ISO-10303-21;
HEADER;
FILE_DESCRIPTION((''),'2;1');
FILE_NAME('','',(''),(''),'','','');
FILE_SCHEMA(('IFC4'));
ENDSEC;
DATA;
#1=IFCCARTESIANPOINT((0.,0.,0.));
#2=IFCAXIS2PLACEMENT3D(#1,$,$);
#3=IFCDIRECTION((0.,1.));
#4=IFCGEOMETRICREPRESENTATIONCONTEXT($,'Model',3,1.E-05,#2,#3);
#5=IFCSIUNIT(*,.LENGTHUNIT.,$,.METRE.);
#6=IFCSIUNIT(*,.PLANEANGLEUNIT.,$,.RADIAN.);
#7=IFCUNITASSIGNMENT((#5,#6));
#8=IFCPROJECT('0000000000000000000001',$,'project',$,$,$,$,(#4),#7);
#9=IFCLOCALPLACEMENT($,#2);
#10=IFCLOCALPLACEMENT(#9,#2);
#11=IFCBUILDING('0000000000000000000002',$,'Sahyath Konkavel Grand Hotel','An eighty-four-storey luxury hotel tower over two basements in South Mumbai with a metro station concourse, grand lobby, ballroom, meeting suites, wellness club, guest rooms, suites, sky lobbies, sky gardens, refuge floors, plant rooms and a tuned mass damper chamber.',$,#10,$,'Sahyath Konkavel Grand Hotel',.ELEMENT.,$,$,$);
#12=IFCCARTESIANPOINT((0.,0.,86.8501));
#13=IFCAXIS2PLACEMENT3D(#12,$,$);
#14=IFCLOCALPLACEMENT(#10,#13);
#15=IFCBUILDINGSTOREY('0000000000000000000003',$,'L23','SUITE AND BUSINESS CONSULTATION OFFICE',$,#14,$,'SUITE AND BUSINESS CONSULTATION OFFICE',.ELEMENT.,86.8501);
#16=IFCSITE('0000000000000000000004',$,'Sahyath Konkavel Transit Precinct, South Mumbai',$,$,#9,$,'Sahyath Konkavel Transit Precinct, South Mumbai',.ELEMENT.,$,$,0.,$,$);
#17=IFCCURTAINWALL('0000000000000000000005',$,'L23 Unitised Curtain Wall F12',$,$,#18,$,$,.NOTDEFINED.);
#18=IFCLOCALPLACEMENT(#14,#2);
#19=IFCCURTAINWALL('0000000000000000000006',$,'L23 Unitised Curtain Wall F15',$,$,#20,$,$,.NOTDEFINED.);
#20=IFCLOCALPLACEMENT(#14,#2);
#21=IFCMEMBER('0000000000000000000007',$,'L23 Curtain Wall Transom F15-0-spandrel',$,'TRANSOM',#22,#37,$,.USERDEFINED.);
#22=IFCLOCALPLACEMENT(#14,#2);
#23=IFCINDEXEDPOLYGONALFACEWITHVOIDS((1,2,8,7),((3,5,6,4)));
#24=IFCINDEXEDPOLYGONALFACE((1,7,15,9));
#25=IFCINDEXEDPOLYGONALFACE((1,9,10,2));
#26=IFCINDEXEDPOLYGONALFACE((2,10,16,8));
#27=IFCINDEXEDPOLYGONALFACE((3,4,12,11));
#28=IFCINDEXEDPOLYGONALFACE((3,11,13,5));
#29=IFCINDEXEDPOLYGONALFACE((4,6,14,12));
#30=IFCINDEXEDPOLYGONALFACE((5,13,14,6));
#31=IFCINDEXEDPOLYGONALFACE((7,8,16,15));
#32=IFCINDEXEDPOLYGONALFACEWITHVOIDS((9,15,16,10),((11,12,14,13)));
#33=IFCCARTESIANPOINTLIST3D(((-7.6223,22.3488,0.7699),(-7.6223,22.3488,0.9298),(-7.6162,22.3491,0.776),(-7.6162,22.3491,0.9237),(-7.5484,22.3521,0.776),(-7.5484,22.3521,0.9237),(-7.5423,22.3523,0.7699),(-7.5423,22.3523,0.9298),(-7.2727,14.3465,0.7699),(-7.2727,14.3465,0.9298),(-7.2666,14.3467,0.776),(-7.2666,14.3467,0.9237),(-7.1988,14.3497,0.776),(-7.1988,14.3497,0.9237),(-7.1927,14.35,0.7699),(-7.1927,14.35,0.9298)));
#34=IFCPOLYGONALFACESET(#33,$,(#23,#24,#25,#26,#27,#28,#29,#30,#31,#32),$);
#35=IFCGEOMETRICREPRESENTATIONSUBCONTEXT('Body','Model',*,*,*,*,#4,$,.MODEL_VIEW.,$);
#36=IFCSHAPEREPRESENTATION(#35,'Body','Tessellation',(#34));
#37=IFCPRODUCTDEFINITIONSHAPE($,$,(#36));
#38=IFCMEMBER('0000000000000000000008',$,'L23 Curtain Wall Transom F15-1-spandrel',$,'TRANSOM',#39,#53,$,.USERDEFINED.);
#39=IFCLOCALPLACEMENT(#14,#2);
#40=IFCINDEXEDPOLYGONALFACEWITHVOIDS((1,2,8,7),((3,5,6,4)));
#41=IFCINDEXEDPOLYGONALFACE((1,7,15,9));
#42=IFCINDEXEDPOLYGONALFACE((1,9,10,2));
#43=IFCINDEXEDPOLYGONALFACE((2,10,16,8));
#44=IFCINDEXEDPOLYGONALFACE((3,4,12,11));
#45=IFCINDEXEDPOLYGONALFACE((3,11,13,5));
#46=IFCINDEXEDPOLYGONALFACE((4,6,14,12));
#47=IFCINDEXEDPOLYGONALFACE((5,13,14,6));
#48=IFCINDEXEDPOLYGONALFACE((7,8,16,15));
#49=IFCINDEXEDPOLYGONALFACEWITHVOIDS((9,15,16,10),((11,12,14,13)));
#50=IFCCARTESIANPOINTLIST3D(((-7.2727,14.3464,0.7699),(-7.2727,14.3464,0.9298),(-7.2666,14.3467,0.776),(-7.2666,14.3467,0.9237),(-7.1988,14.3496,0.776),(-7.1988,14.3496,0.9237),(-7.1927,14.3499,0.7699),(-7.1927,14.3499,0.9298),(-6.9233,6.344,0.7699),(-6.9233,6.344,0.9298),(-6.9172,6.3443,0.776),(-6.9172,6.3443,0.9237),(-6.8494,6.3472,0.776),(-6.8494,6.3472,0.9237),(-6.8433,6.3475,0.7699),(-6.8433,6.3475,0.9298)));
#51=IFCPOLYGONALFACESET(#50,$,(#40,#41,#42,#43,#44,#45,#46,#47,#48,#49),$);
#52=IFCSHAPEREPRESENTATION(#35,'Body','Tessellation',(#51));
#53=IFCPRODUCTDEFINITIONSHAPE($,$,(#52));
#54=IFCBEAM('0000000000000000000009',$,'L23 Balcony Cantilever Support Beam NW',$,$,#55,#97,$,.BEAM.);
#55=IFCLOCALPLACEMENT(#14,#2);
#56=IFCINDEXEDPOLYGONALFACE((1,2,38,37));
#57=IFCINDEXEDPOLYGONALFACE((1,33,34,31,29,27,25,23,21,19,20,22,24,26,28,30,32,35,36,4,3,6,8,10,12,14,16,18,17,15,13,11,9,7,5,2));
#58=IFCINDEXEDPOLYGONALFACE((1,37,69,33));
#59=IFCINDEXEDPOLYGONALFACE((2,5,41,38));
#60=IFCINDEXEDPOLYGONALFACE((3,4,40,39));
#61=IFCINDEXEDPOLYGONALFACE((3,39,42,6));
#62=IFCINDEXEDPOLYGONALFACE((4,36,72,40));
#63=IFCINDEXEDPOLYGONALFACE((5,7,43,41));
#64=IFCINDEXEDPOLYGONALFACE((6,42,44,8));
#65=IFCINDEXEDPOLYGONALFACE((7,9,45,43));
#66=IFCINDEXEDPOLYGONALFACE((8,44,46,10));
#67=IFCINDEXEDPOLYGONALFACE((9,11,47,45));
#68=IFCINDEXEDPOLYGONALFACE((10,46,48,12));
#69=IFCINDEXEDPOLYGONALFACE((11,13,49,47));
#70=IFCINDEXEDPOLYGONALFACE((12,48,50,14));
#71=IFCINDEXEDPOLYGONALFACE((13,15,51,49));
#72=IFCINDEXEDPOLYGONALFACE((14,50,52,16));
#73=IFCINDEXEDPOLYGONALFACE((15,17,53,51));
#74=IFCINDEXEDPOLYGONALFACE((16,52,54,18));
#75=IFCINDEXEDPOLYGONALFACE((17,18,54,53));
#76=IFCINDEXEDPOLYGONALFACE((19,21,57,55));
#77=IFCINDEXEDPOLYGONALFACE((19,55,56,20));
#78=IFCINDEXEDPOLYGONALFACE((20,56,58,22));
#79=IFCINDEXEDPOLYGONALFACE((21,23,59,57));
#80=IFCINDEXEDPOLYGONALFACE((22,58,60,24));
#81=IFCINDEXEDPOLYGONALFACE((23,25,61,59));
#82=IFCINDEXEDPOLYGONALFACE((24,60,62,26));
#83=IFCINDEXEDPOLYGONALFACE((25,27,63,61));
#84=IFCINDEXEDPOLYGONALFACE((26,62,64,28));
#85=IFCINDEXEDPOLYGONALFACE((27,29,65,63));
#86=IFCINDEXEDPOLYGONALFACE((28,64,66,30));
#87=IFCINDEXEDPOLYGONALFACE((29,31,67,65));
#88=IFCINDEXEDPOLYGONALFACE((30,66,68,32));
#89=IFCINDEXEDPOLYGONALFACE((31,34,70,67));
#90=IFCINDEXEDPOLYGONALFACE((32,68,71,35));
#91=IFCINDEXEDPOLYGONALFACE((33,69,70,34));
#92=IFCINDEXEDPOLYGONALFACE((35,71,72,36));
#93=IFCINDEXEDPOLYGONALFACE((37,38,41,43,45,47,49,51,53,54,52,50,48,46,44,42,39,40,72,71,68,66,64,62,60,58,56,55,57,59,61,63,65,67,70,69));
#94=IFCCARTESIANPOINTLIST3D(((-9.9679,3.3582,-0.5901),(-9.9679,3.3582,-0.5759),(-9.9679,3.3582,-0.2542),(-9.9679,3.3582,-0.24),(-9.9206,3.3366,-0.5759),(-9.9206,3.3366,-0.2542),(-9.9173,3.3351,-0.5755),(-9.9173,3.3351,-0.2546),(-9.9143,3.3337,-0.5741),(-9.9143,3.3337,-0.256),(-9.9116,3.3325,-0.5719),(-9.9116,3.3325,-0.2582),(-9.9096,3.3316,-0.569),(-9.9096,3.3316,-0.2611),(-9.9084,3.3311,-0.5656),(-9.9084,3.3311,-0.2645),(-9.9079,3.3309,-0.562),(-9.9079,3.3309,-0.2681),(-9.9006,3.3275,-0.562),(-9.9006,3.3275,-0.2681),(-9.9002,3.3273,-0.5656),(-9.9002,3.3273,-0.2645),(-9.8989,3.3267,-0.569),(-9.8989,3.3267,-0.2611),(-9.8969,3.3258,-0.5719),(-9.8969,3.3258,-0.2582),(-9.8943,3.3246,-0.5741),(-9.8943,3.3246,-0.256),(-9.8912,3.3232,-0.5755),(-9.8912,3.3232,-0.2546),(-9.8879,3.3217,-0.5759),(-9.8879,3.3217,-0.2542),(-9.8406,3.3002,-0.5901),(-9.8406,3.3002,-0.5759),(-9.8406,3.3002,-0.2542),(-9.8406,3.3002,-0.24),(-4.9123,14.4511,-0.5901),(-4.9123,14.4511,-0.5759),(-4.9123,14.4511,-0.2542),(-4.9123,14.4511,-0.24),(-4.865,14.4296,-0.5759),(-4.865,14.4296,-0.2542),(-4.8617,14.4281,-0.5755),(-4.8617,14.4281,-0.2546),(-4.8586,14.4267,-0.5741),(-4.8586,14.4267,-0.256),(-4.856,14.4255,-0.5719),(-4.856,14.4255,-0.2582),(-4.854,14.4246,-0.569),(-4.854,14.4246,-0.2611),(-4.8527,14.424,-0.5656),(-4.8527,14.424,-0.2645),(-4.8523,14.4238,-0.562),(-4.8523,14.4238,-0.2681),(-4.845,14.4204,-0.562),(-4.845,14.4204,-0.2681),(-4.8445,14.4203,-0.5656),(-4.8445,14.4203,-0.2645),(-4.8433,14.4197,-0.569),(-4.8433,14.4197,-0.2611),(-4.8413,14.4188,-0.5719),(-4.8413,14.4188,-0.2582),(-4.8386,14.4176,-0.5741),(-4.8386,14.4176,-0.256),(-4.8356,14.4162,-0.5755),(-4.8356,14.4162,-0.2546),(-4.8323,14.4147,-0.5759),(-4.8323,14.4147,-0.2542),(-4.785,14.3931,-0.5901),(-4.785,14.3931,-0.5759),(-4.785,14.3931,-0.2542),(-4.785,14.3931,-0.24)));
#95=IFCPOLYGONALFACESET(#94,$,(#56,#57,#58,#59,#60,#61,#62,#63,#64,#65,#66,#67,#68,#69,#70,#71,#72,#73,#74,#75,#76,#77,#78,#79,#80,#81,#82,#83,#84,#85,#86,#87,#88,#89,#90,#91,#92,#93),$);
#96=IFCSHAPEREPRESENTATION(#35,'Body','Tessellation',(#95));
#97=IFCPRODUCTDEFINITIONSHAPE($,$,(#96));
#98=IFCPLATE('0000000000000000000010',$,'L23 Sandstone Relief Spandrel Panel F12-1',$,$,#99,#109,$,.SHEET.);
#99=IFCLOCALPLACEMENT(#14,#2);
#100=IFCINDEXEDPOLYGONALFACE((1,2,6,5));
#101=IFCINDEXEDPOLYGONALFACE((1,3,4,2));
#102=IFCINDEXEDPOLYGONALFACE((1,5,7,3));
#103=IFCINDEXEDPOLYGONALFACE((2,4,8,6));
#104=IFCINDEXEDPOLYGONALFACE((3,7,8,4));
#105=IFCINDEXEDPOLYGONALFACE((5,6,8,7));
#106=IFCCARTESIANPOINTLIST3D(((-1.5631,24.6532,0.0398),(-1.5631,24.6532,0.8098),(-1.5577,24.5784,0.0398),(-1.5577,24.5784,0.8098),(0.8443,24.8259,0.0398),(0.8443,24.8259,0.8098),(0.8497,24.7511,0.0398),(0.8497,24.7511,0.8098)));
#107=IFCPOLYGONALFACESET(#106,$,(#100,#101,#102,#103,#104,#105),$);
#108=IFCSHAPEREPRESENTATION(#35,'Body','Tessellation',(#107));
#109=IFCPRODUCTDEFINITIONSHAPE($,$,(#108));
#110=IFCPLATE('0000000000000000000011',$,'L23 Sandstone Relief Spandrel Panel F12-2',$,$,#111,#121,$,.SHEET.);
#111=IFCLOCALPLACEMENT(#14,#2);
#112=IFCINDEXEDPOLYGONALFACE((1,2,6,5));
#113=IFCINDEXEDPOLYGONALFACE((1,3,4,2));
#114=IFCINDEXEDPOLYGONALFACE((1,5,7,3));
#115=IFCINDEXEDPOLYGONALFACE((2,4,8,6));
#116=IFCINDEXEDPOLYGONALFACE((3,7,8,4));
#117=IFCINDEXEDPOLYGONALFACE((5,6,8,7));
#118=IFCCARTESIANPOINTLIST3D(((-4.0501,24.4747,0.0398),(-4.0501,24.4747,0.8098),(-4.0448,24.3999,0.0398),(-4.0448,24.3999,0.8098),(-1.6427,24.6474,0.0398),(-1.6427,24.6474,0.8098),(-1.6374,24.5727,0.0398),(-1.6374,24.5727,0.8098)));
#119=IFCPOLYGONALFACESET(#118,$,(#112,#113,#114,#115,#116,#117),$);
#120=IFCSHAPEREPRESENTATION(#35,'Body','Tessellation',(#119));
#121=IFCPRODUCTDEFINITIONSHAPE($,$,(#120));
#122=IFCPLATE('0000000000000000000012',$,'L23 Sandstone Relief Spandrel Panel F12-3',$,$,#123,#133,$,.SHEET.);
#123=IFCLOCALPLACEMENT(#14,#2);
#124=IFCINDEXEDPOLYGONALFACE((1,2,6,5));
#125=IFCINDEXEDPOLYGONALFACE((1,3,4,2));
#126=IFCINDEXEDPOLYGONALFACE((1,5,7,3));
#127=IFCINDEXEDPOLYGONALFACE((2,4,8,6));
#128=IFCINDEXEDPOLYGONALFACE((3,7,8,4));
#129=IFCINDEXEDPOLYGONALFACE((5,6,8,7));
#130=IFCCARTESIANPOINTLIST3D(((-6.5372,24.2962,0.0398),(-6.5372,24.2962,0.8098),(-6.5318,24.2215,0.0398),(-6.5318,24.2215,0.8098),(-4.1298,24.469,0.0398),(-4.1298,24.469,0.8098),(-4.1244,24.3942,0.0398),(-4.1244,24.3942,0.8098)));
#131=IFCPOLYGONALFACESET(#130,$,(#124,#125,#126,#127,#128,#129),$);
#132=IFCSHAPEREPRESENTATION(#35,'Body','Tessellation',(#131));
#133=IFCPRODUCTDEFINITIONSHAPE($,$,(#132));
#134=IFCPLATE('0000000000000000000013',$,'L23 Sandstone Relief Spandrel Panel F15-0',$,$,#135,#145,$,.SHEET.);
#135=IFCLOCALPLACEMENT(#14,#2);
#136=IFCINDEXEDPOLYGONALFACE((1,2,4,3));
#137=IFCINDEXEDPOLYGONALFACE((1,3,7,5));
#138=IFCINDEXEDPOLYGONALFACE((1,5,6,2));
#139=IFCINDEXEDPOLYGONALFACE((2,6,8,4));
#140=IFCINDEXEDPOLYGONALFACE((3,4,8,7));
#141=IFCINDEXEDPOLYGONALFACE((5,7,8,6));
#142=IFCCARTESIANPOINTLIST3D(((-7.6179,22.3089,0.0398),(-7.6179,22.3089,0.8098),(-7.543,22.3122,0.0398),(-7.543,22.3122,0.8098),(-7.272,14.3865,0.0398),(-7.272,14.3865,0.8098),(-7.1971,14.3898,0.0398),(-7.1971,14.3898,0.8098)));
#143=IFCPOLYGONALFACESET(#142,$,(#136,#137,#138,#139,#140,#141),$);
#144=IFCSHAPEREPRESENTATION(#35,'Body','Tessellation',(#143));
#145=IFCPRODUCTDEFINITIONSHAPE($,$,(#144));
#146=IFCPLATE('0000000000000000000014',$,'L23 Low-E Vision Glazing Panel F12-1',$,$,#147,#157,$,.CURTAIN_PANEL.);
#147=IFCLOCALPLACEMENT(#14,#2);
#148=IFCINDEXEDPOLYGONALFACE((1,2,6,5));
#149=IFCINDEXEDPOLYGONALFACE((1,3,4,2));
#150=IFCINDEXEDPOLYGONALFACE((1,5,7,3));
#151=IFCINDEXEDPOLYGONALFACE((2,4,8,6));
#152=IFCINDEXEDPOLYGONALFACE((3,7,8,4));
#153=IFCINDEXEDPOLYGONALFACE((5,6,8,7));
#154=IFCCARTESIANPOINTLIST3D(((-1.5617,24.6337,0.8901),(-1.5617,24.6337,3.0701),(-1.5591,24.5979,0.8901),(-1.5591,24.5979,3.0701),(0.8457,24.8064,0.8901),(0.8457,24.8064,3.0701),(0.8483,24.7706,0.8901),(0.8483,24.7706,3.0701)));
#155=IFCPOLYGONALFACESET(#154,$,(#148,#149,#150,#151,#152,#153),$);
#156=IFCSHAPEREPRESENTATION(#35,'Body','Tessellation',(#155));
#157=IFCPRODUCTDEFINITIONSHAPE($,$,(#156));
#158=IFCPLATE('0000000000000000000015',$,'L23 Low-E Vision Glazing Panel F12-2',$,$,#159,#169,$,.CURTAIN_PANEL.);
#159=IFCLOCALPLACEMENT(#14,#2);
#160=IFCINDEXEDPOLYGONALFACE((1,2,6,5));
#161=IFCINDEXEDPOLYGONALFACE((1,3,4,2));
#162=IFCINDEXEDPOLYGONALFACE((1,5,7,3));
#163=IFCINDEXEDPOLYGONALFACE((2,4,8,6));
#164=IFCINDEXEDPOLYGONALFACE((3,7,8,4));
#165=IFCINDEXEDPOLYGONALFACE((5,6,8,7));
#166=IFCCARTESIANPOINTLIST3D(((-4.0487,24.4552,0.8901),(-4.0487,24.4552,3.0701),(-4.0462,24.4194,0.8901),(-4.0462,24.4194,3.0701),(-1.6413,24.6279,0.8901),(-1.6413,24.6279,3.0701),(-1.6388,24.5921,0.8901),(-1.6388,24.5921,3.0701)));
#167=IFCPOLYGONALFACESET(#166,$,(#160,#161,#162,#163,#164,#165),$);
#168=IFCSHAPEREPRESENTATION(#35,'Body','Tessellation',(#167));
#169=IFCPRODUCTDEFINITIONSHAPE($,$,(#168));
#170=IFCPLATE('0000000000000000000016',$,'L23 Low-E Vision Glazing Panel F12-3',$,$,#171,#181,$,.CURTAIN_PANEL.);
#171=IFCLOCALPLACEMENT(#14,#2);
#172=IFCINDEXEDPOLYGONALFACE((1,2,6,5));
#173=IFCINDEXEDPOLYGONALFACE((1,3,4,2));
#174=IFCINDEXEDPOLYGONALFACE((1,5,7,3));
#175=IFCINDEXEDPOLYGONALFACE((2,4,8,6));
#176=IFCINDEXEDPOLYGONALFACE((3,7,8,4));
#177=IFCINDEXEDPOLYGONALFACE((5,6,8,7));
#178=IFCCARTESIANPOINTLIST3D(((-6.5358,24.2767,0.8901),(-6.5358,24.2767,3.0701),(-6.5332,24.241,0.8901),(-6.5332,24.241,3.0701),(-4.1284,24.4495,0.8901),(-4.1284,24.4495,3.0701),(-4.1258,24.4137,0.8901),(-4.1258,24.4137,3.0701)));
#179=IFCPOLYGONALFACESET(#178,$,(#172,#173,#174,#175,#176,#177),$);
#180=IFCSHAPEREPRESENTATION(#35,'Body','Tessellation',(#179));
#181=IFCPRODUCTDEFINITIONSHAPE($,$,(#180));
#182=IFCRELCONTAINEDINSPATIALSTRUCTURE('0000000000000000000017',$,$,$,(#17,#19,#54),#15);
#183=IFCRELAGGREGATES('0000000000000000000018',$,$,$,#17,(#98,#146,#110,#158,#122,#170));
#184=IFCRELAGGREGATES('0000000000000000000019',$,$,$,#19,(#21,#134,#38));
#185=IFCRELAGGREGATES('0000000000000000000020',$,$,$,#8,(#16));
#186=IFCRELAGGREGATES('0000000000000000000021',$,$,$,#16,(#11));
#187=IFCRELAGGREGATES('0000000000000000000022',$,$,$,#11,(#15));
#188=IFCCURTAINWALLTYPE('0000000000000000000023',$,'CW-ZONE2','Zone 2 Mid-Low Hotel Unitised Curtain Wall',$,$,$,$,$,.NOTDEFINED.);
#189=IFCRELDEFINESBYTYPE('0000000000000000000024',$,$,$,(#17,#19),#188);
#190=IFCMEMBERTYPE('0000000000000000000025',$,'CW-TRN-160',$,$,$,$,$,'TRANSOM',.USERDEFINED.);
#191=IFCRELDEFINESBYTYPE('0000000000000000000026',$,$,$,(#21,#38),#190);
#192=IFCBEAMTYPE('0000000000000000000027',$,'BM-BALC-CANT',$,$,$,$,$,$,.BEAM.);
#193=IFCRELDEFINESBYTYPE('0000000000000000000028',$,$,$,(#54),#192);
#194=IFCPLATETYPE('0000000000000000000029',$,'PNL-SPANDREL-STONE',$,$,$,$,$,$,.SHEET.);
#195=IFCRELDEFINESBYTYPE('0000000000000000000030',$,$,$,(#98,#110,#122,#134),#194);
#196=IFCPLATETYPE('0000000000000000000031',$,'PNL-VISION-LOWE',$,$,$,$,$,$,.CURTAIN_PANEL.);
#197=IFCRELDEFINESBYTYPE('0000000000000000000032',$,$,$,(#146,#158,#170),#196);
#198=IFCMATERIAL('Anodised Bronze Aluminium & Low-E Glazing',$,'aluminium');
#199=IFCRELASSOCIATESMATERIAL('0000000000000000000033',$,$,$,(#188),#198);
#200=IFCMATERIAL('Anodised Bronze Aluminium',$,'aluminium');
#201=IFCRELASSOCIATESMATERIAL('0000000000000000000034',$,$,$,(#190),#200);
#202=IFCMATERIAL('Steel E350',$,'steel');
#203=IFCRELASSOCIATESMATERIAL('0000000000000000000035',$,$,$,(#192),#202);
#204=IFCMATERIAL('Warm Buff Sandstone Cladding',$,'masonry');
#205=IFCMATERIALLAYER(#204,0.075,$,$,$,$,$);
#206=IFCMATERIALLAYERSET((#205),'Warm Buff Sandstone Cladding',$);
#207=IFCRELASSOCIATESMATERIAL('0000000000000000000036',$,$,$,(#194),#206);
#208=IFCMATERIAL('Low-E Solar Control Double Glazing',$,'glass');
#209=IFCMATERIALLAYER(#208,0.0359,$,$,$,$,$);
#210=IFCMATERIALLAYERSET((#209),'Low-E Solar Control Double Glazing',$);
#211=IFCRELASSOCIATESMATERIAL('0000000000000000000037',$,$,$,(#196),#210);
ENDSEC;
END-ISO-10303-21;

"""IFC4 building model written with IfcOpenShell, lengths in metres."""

from ifc_helpers import new_model, si_unit, direction, frame, origin, origin_2d, place, context, subcontext, project, spatial, rectangle, hollow_rectangle, i_section, extrude, source, transform, mapped, material, layer, layer_set, material_profile, profile_set, type_object, element, aggregate, save


model = new_model("IFC4")

# Units and contexts
model_context = context("Model", 3, precision=1e-05, world=origin(), true_north=direction((0.0, 1.0)))
body_context = subcontext(model_context, "Body", "Model", "MODEL_VIEW")
ifc_project = project(units=[si_unit("LENGTHUNIT", "METRE"), si_unit("PLANEANGLEUNIT", "RADIAN")], contexts=[model_context])

# Site, building, storey
site_placement = place(None, origin())
site = spatial("IfcSite", under=ifc_project, at=site_placement, Name="Sahyath Konkavel Transit Precinct, South Mumbai", LongName="Sahyath Konkavel Transit Precinct, South Mumbai", CompositionType="ELEMENT", RefElevation=0.0)
building_placement = place(site_placement, origin())
building = spatial("IfcBuilding", under=site, at=building_placement, Name="Sahyath Konkavel Grand Hotel", Description="An eighty-four-storey luxury hotel tower over two basements in South Mumbai with a metro station concourse, grand lobby, ballroom, meeting suites, wellness club, guest rooms, suites, sky lobbies, sky gardens, refuge floors, plant rooms and a tuned mass damper chamber.", LongName="Sahyath Konkavel Grand Hotel", CompositionType="ELEMENT")
storey_placement = place(building_placement, frame((0.0, 0.0, 86.8501)))
storey = spatial("IfcBuildingStorey", under=building, at=storey_placement, Name="L23", Description="SUITE AND BUSINESS CONSULTATION OFFICE", LongName="SUITE AND BUSINESS CONSULTATION OFFICE", CompositionType="ELEMENT", Elevation=86.8501)

# Shared definitions
ifc_material_1 = material(Name="Steel E350", Category="steel")

# Curtain wall
ifc_material_2 = material(Name="Anodised Bronze Aluminium & Low-E Glazing", Category="aluminium")
curtain_wall_type = type_object("IfcCurtainWallType", Name="CW-ZONE2", Description="Zone 2 Mid-Low Hotel Unitised Curtain Wall", PredefinedType="NOTDEFINED", material=ifc_material_2)
curtain_wall_1_placement = place(storey_placement, origin())
curtain_wall_1 = element("IfcCurtainWall", 1, at=curtain_wall_1_placement, inside=storey, type_object=curtain_wall_type, Name="L23 Unitised Curtain Wall F12", PredefinedType="NOTDEFINED")
ifc_material_3 = material(Name="Anodised Bronze Aluminium", Category="aluminium")

# Curtain wall
curtain_wall_2_placement = place(storey_placement, origin())
curtain_wall_2 = element("IfcCurtainWall", 2, at=curtain_wall_2_placement, inside=storey, type_object=curtain_wall_type, Name="L23 Unitised Curtain Wall F15", PredefinedType="NOTDEFINED")

# Members
ifc_material_profile_1 = material_profile(ifc_material_3, hollow_rectangle(XDim=0.0801, YDim=0.1599, WallThickness=0.0061, at=origin_2d()), Name="RHS 160x80x6")
ifc_profile_set_1 = profile_set([ifc_material_profile_1], Name="Anodised Bronze Aluminium")
member_type_1 = type_object("IfcMemberType", Name="CW-TRN-160", ElementType="TRANSOM", PredefinedType="USERDEFINED", material=ifc_profile_set_1)
shared_shape_1 = source(origin(), body_context, "Body", "SweptSolid", [
    extrude(hollow_rectangle(XDim=0.0801, YDim=0.1599, WallThickness=0.0061, at=origin_2d()), origin(), (0.0, 0.0, 1.0), 8.01),
])
member_1_placement = place(storey_placement, frame((-7.5823, 22.3506, 0.8499), z_axis=(0.043646, -0.999047, 0.0), x_axis=(0.999047, 0.043646, 0.0)))
member_1 = element("IfcMember", 3, at=member_1_placement, type_object=member_type_1, Name="L23 Curtain Wall Transom F15-0-spandrel", ObjectType="TRANSOM", PredefinedType="USERDEFINED", context=body_context, shape_type="MappedRepresentation", body=[
    mapped(shared_shape_1, transform((0.0, 0.0, 0.0), scale=1.0)),
])
member_2_placement = place(storey_placement, frame((-7.2327, 14.3481, 0.8499), z_axis=(0.043616, -0.999048, 0.0), x_axis=(0.999048, 0.043616, 0.0)))
member_2 = element("IfcMember", 4, at=member_2_placement, type_object=member_type_1, Name="L23 Curtain Wall Transom F15-1-spandrel", ObjectType="TRANSOM", PredefinedType="USERDEFINED", context=body_context, shape_type="MappedRepresentation", body=[
    mapped(shared_shape_1, transform((0.0, 0.0, 0.0), scale=1.0)),
])

# Beam
ifc_material_profile_2 = material_profile(ifc_material_1, i_section(OverallWidth=0.1399, OverallDepth=0.3501, WebThickness=0.0081, FlangeThickness=0.0142, FilletRadius=0.0139, at=origin_2d()), Name="ISMB 350")
ifc_profile_set_2 = profile_set([ifc_material_profile_2], Name="Steel E350")
beam_type_1 = type_object("IfcBeamType", Name="BM-BALC-CANT", PredefinedType="BEAM", material=ifc_profile_set_2)
shared_shape_2 = source(origin(), body_context, "Body", "SweptSolid", [
    extrude(i_section(OverallWidth=0.1399, OverallDepth=0.3501, WebThickness=0.0081, FlangeThickness=0.0142, FilletRadius=0.0139, at=origin_2d()), origin(), (0.0, 0.0, 1.0), 12.1907),
])
beam_1_placement = place(storey_placement, frame((-4.8486, 14.4221, -0.415), z_axis=(-0.414713, -0.909952, 0.0), x_axis=(0.909952, -0.414713, 0.0)))
element("IfcBeam", 5, at=beam_1_placement, inside=storey, type_object=beam_type_1, Name="L23 Balcony Cantilever Support Beam NW", PredefinedType="BEAM", context=body_context, shape_type="MappedRepresentation", body=[
    mapped(shared_shape_2, transform((0.0, 0.0, 0.0), scale=1.0)),
])

# Plates
ifc_material_4 = material(Name="Warm Buff Sandstone Cladding", Category="masonry")
ifc_layer_1 = layer(ifc_material_4, 0.075)
ifc_layer_set_1 = layer_set([ifc_layer_1], Name="Warm Buff Sandstone Cladding")
plate_type_1 = type_object("IfcPlateType", Name="PNL-SPANDREL-STONE", PredefinedType="SHEET", material=ifc_layer_set_1)
shared_shape_3 = source(origin(), body_context, "Body", "SweptSolid", [
    extrude(rectangle(XDim=2.4136, YDim=0.075, at=origin_2d()), origin(), (0.0, 0.0, 1.0), 0.77),
])
plate_1_placement = place(storey_placement, frame((-0.3567, 24.7021, 0.0398), z_axis=(0.0, 0.0, 1.0), x_axis=(-0.997436, -0.071567, 0.0)))
plate_1 = element("IfcPlate", 6, at=plate_1_placement, type_object=plate_type_1, Name="L23 Sandstone Relief Spandrel Panel F12-1", PredefinedType="SHEET", context=body_context, shape_type="MappedRepresentation", body=[
    mapped(shared_shape_3, transform((0.0, 0.0, 0.0), scale=1.0)),
])
plate_2_placement = place(storey_placement, frame((-2.8438, 24.5237, 0.0398), z_axis=(0.0, 0.0, 1.0), x_axis=(-0.997436, -0.071567, 0.0)))
plate_2 = element("IfcPlate", 7, at=plate_2_placement, type_object=plate_type_1, Name="L23 Sandstone Relief Spandrel Panel F12-2", PredefinedType="SHEET", context=body_context, shape_type="MappedRepresentation", body=[
    mapped(shared_shape_3, transform((0.0, 0.0, 0.0), scale=1.0)),
])
plate_3_placement = place(storey_placement, frame((-5.3308, 24.3452, 0.0398), z_axis=(0.0, 0.0, 1.0), x_axis=(-0.997436, -0.071567, 0.0)))
plate_3 = element("IfcPlate", 8, at=plate_3_placement, type_object=plate_type_1, Name="L23 Sandstone Relief Spandrel Panel F12-3", PredefinedType="SHEET", context=body_context, shape_type="MappedRepresentation", body=[
    mapped(shared_shape_3, transform((0.0, 0.0, 0.0), scale=1.0)),
])
shared_shape_4 = source(origin(), body_context, "Body", "SweptSolid", [
    extrude(rectangle(XDim=7.9299, YDim=0.075, at=origin_2d()), origin(), (0.0, 0.0, 1.0), 0.77),
])
plate_4_placement = place(storey_placement, frame((-7.4075, 18.3494, 0.0398), z_axis=(0.0, 0.0, 1.0), x_axis=(0.043619, -0.999048, 0.0)))
plate_4 = element("IfcPlate", 9, at=plate_4_placement, type_object=plate_type_1, Name="L23 Sandstone Relief Spandrel Panel F15-0", PredefinedType="SHEET", context=body_context, shape_type="MappedRepresentation", body=[
    mapped(shared_shape_4, transform((0.0, 0.0, 0.0), scale=1.0)),
])
ifc_material_5 = material(Name="Low-E Solar Control Double Glazing", Category="glass")
ifc_layer_2 = layer(ifc_material_5, 0.0359)
ifc_layer_set_2 = layer_set([ifc_layer_2], Name="Low-E Solar Control Double Glazing")
plate_type_2 = type_object("IfcPlateType", Name="PNL-VISION-LOWE", PredefinedType="CURTAIN_PANEL", material=ifc_layer_set_2)
shared_shape_5 = source(origin(), body_context, "Body", "SweptSolid", [
    extrude(rectangle(XDim=2.4136, YDim=0.0359, at=origin_2d()), origin(), (0.0, 0.0, 1.0), 2.1799),
])
plate_5_placement = place(storey_placement, frame((-0.3567, 24.7021, 0.8901), z_axis=(0.0, 0.0, 1.0), x_axis=(-0.997436, -0.071567, 0.0)))
plate_5 = element("IfcPlate", 10, at=plate_5_placement, type_object=plate_type_2, Name="L23 Low-E Vision Glazing Panel F12-1", PredefinedType="CURTAIN_PANEL", context=body_context, shape_type="MappedRepresentation", body=[
    mapped(shared_shape_5, transform((0.0, 0.0, 0.0), scale=1.0)),
])
plate_6_placement = place(storey_placement, frame((-2.8438, 24.5237, 0.8901), z_axis=(0.0, 0.0, 1.0), x_axis=(-0.997436, -0.071567, 0.0)))
plate_6 = element("IfcPlate", 11, at=plate_6_placement, type_object=plate_type_2, Name="L23 Low-E Vision Glazing Panel F12-2", PredefinedType="CURTAIN_PANEL", context=body_context, shape_type="MappedRepresentation", body=[
    mapped(shared_shape_5, transform((0.0, 0.0, 0.0), scale=1.0)),
])
plate_7_placement = place(storey_placement, frame((-5.3308, 24.3452, 0.8901), z_axis=(0.0, 0.0, 1.0), x_axis=(-0.997436, -0.071567, 0.0)))
plate_7 = element("IfcPlate", 12, at=plate_7_placement, type_object=plate_type_2, Name="L23 Low-E Vision Glazing Panel F12-3", PredefinedType="CURTAIN_PANEL", context=body_context, shape_type="MappedRepresentation", body=[
    mapped(shared_shape_5, transform((0.0, 0.0, 0.0), scale=1.0)),
])
aggregate(curtain_wall_1, [plate_1, plate_5, plate_2, plate_6, plate_3, plate_7])
aggregate(curtain_wall_2, [member_1, plate_4, member_2])

save(model, "model.ifc")
